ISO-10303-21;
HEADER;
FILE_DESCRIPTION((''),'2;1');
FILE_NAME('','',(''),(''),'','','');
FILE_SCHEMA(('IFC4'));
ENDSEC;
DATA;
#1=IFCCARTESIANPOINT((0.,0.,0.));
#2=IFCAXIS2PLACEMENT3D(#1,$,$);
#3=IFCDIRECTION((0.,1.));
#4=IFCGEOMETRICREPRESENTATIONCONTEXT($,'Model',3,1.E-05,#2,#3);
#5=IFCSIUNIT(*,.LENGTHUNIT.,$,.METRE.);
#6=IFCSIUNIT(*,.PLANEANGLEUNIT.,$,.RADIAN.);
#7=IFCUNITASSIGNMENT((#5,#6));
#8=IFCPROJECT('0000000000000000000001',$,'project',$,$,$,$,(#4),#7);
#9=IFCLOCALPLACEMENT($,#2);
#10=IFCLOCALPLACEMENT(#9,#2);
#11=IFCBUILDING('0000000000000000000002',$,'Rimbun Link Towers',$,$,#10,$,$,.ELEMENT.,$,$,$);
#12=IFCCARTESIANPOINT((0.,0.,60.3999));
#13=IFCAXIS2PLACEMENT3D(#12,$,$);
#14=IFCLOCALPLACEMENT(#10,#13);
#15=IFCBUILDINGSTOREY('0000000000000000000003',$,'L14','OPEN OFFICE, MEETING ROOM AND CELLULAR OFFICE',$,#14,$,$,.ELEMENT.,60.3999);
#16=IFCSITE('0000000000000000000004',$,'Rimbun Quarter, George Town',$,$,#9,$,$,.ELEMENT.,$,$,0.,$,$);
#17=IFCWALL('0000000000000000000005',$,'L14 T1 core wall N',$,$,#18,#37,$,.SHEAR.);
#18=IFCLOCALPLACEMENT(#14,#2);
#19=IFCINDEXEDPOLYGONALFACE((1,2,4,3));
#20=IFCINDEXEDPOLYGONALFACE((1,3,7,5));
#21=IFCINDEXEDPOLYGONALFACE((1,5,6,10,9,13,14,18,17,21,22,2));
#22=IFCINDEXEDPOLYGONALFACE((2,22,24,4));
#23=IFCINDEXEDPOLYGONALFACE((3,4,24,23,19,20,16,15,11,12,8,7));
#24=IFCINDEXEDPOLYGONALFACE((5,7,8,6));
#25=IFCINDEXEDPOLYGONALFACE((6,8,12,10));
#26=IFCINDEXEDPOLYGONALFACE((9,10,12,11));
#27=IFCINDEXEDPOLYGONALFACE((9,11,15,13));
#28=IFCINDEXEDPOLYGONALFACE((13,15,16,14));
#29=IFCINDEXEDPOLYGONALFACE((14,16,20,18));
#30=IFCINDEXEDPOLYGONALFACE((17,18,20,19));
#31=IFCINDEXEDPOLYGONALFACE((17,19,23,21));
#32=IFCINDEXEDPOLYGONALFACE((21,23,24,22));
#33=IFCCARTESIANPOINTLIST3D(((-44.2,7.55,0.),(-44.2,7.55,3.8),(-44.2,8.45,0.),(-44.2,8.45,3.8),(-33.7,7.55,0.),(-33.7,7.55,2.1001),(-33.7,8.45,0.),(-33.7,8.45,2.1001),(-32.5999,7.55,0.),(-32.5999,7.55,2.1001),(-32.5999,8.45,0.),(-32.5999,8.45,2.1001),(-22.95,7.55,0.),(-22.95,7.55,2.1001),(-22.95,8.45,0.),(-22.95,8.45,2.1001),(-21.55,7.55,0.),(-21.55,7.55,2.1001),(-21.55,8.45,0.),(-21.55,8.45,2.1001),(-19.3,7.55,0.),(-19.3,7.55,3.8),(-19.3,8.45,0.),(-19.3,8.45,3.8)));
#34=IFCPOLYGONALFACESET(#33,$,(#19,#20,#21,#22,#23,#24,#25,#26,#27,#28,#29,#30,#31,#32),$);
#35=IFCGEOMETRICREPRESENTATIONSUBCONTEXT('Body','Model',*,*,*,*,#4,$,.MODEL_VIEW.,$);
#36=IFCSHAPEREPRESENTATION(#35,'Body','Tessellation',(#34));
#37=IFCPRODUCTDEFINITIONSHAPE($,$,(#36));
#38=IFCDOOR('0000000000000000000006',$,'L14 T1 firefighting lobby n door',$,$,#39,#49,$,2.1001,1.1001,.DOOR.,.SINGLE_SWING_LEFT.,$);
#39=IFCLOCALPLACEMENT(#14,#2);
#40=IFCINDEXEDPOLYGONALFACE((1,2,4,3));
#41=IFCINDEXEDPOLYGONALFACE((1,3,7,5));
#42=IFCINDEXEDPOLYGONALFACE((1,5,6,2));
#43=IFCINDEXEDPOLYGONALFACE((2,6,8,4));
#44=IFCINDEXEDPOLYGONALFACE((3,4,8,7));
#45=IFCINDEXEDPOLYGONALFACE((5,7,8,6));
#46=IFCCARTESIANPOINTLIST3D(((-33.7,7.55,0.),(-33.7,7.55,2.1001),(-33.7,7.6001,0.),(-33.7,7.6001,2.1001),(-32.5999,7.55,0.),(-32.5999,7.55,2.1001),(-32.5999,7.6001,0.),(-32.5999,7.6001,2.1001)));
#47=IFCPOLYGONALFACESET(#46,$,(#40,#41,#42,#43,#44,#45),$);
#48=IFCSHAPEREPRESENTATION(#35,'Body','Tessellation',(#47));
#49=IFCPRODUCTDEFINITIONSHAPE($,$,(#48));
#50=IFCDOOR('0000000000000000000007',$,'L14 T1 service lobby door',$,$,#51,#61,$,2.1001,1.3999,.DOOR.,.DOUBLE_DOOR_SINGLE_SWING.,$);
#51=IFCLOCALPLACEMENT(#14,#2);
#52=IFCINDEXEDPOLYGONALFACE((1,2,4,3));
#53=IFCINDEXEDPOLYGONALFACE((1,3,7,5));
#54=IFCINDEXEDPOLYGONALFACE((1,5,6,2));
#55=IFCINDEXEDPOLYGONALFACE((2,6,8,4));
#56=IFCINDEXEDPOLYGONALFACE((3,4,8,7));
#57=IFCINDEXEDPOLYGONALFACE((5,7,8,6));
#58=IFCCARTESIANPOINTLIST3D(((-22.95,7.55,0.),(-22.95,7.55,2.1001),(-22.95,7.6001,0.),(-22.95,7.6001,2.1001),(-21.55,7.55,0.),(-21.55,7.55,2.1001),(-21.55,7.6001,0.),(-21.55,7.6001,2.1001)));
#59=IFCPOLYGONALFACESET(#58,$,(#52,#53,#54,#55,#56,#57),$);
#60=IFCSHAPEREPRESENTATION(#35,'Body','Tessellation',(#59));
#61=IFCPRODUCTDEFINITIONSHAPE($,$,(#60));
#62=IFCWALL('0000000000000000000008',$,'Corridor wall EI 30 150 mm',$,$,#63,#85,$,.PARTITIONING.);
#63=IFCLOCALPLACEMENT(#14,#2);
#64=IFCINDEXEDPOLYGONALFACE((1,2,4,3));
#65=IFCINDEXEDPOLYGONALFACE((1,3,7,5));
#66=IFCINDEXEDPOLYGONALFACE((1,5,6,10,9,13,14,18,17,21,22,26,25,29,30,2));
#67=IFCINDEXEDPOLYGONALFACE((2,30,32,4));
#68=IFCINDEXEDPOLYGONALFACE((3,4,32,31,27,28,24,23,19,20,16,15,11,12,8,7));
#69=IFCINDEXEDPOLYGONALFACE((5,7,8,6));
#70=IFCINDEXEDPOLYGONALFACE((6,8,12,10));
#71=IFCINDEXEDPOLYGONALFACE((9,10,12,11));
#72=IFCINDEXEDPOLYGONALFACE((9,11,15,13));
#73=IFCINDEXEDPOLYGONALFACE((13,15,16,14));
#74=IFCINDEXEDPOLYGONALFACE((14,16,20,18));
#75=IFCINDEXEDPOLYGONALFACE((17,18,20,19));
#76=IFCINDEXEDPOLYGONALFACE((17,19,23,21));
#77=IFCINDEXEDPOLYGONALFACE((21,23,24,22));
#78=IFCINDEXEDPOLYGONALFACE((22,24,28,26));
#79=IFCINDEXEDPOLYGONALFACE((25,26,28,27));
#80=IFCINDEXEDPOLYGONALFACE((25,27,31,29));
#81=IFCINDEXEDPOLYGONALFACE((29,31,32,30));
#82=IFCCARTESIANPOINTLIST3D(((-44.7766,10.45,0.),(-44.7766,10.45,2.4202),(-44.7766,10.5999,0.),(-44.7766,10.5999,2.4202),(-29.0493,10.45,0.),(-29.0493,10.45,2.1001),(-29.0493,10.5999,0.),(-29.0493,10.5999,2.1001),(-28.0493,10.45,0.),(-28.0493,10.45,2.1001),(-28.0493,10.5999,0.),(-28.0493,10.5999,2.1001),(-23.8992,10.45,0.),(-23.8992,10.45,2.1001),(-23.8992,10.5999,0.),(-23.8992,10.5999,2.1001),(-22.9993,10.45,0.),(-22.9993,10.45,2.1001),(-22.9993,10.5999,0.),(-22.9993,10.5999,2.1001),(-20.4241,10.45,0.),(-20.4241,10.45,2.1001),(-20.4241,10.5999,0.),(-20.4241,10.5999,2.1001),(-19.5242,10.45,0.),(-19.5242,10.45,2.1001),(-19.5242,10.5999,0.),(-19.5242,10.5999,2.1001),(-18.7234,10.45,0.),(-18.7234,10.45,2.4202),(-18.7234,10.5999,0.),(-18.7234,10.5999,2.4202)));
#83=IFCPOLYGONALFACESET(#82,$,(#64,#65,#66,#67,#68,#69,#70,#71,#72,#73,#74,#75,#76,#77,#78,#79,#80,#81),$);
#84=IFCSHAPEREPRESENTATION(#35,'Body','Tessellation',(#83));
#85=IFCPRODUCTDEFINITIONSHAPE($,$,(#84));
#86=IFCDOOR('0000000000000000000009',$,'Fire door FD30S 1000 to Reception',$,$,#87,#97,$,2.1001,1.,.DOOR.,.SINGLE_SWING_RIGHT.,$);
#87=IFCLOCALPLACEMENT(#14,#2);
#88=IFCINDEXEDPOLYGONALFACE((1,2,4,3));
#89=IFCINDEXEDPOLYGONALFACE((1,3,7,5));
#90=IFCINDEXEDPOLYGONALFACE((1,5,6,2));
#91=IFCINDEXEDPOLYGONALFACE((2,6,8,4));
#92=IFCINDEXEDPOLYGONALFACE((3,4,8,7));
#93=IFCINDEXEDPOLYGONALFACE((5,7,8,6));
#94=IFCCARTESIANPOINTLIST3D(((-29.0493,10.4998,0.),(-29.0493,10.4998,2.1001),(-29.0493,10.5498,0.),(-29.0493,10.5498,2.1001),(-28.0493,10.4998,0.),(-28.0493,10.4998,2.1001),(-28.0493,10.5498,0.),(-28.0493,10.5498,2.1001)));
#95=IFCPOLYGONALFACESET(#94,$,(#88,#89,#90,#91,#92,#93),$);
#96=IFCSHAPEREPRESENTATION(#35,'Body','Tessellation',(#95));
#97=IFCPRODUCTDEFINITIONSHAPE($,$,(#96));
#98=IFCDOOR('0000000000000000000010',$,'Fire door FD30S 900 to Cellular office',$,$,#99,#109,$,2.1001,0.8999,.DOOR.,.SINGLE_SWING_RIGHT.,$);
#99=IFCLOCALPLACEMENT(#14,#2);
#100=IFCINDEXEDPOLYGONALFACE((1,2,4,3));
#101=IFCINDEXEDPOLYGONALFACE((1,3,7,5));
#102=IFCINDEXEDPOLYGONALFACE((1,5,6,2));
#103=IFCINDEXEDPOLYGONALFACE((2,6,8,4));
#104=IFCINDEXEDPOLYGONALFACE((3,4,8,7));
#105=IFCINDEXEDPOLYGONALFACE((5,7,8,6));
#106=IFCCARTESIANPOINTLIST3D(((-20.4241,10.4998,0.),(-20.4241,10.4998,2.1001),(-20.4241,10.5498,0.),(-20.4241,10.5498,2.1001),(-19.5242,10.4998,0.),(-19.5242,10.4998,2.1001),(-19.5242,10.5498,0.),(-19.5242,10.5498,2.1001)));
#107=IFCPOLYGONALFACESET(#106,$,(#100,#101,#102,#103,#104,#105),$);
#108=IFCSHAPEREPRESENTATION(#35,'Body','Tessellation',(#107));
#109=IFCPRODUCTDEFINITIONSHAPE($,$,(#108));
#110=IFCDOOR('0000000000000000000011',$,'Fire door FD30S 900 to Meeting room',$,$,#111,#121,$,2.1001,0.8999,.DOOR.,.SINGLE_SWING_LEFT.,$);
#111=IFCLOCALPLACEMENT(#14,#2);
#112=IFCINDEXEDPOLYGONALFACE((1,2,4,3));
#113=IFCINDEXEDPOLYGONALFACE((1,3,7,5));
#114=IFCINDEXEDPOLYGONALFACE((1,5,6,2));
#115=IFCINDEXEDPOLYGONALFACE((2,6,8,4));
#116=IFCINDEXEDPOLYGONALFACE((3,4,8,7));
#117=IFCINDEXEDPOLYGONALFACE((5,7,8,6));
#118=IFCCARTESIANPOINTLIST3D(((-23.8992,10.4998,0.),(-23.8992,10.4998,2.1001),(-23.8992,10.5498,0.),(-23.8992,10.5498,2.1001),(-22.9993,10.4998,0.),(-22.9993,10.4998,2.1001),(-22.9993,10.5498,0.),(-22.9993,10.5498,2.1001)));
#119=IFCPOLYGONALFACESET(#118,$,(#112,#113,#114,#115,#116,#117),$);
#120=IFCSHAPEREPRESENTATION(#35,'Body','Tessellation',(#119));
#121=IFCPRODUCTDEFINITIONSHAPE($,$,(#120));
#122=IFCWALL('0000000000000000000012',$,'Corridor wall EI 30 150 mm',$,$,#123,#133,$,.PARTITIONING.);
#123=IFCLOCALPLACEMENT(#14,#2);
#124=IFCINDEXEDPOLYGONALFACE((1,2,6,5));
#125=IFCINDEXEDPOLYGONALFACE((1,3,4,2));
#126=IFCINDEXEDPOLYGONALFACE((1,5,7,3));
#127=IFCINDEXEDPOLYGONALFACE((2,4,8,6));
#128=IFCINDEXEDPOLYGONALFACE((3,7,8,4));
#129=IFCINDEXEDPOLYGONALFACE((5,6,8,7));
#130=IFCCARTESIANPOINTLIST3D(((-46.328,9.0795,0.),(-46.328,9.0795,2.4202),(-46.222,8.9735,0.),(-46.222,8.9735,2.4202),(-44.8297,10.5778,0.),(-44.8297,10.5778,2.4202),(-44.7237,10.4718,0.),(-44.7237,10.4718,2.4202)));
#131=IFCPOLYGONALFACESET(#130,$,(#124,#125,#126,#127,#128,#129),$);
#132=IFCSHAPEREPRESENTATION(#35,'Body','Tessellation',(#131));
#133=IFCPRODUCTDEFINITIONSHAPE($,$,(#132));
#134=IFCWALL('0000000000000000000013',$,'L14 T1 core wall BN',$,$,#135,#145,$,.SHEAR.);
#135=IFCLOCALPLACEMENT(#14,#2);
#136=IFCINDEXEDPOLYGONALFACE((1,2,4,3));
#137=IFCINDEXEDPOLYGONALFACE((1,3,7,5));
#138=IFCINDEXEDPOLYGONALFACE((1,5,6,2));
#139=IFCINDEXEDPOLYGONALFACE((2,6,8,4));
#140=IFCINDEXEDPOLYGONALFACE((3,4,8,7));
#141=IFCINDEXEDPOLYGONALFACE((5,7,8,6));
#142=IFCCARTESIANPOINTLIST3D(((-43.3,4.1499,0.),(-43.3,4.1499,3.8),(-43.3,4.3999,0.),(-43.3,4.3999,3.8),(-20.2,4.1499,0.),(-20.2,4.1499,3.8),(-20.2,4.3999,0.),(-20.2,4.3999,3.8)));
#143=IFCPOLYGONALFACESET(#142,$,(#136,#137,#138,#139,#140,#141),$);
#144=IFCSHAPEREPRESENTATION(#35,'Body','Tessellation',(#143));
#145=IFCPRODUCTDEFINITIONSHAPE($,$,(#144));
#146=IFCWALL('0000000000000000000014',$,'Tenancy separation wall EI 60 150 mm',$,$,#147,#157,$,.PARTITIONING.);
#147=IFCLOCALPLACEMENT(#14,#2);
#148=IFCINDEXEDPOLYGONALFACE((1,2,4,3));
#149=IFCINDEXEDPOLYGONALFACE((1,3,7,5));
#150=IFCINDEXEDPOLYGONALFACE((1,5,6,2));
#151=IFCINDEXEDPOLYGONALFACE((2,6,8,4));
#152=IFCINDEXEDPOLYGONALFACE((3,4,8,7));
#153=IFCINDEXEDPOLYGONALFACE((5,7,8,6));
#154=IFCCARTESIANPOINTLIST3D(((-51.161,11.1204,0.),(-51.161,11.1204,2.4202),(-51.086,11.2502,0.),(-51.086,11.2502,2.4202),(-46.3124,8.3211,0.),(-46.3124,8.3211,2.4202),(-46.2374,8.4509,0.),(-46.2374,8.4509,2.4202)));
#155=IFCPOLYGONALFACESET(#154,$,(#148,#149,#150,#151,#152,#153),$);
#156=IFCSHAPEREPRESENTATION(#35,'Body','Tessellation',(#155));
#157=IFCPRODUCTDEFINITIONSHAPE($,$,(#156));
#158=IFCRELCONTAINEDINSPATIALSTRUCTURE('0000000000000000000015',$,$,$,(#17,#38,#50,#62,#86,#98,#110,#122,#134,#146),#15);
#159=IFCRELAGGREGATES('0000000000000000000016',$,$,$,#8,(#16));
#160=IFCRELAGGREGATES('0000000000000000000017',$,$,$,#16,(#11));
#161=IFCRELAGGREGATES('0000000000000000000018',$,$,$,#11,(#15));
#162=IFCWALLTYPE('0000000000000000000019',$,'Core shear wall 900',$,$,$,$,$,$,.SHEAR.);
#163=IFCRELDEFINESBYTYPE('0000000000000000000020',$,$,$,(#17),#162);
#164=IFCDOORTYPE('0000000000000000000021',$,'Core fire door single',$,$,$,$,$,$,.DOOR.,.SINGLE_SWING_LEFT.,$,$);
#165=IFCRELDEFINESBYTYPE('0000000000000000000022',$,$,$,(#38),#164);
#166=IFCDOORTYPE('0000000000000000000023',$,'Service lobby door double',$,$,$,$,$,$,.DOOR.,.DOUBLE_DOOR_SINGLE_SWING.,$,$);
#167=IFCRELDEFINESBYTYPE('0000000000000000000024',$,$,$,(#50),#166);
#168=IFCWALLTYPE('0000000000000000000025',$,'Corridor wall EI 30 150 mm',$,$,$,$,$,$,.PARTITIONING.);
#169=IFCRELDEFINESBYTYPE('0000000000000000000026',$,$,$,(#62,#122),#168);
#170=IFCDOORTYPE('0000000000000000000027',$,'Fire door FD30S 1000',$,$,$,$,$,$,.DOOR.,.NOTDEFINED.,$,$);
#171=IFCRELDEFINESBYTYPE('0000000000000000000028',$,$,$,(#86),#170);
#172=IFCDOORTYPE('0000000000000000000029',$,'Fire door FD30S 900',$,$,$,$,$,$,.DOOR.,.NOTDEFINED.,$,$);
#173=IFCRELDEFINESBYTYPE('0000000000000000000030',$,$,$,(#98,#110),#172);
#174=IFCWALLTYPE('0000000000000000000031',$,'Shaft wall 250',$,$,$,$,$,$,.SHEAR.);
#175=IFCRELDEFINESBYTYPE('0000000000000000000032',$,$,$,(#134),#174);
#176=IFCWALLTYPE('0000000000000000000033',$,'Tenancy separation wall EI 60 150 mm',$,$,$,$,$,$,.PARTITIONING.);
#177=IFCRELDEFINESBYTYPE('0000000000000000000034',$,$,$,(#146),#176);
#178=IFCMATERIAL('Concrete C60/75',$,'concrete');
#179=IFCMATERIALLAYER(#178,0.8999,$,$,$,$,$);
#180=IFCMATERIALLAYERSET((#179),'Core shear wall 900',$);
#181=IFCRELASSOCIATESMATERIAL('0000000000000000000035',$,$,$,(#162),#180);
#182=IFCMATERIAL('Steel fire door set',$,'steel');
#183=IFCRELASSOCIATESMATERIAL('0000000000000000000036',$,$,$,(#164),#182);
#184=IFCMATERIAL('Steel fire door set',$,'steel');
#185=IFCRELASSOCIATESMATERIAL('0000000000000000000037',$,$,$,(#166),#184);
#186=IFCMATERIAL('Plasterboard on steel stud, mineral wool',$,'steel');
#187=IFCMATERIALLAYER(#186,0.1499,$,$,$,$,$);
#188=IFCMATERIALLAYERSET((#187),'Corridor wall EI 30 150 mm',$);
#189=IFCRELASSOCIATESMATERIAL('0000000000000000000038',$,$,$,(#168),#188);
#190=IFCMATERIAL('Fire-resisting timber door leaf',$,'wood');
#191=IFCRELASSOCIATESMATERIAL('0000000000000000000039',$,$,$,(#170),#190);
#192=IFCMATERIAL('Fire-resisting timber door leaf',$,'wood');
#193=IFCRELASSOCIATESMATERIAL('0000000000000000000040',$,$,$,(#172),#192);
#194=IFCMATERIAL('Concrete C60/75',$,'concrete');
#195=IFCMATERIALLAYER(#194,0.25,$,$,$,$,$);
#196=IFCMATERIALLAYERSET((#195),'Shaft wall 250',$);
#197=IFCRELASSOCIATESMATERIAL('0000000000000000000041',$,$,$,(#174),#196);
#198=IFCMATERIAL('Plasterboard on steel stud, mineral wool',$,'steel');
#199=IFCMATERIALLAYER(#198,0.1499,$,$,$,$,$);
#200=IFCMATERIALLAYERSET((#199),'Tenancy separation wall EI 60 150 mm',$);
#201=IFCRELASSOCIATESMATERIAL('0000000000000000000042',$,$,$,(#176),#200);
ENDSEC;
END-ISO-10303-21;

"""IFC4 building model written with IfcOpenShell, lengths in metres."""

from ifc_helpers import new_model, si_unit, direction, frame, frame_2d, origin, place, context, subcontext, project, spatial, rectangle, extrude, material, layer, layer_set, type_object, element, fill, save


model = new_model("IFC4")

# Units and contexts
model_context = context("Model", 3, precision=1e-05, world=origin(), true_north=direction((0.0, 1.0)))
body_context = subcontext(model_context, "Body", "Model", "MODEL_VIEW")
ifc_project = project(units=[si_unit("LENGTHUNIT", "METRE"), si_unit("PLANEANGLEUNIT", "RADIAN")], contexts=[model_context])

# Site, building, storey
site_placement = place(None, origin())
site = spatial("IfcSite", under=ifc_project, at=site_placement, Name="Rimbun Quarter, George Town", CompositionType="ELEMENT", RefElevation=0.0)
building_placement = place(site_placement, origin())
building = spatial("IfcBuilding", under=site, at=building_placement, Name="Rimbun Link Towers", CompositionType="ELEMENT")
storey_placement = place(building_placement, frame((0.0, 0.0, 60.3999)))
storey = spatial("IfcBuildingStorey", under=building, at=storey_placement, Name="L14", Description="OPEN OFFICE, MEETING ROOM AND CELLULAR OFFICE", CompositionType="ELEMENT", Elevation=60.3999)

# Walls, openings, doors
ifc_material_1 = material(Name="Concrete C60/75", Category="concrete")
ifc_layer_1 = layer(ifc_material_1, 0.8999)
ifc_layer_set_1 = layer_set([ifc_layer_1], Name="Core shear wall 900")
wall_type_1 = type_object("IfcWallType", Name="Core shear wall 900", PredefinedType="SHEAR", material=ifc_layer_set_1)
wall_1_placement = place(storey_placement, frame((-44.2, 8.0, 0.0), z_axis=(0.0, 0.0, 1.0), x_axis=(1.0, 0.0, 0.0)))
wall_1 = element("IfcWall", 1, at=wall_1_placement, inside=storey, type_object=wall_type_1, Name="L14 T1 core wall N", PredefinedType="SHEAR", context=body_context, shape_type="SweptSolid", body=[
    extrude(rectangle(XDim=24.8999, YDim=0.8999, at=frame_2d((12.45, 0.0))), origin(), (0.0, 0.0, 1.0), 3.8),
])
opening_1_placement = place(wall_1_placement, frame((10.5, 0.0, 0.0)))
opening_1 = element("IfcOpeningElement", 2, at=opening_1_placement, cuts=wall_1, PredefinedType="OPENING", context=body_context, shape_type="SweptSolid", body=[
    extrude(rectangle(XDim=1.1001, YDim=2.1001, at=frame_2d((0.55, 1.05))), frame((0.0, 0.46, 0.0), z_axis=(0.0, -1.0, 0.0), x_axis=(1.0, 0.0, 0.0)), (0.0, 0.0, 1.0), 0.9199),
])
opening_2_placement = place(wall_1_placement, frame((21.25, 0.0, 0.0)))
opening_2 = element("IfcOpeningElement", 3, at=opening_2_placement, cuts=wall_1, PredefinedType="OPENING", context=body_context, shape_type="SweptSolid", body=[
    extrude(rectangle(XDim=1.3999, YDim=2.1001, at=frame_2d((0.7, 1.05))), frame((0.0, 0.46, 0.0), z_axis=(0.0, -1.0, 0.0), x_axis=(1.0, 0.0, 0.0)), (0.0, 0.0, 1.0), 0.9199),
])
ifc_material_2 = material(Name="Steel fire door set", Category="steel")
door_type_1 = type_object("IfcDoorType", Name="Core fire door single", OperationType="SINGLE_SWING_LEFT", PredefinedType="DOOR", material=ifc_material_2)
door_1_placement = place(opening_1_placement, origin())
door_1 = element("IfcDoor", 4, at=door_1_placement, inside=storey, type_object=door_type_1, Name="L14 T1 firefighting lobby n door", OperationType="SINGLE_SWING_LEFT", OverallHeight=2.1001, OverallWidth=1.1001, PredefinedType="DOOR", context=body_context, shape_type="SweptSolid", body=[
    extrude(rectangle(XDim=1.1001, YDim=2.1001, at=frame_2d((0.55, 1.05))), frame((0.0, -0.3999, 0.0), z_axis=(0.0, -1.0, 0.0), x_axis=(1.0, 0.0, 0.0)), (0.0, 0.0, 1.0), 0.05),
])
fill(opening_1, door_1)
ifc_material_3 = material(Name="Steel fire door set", Category="steel")
door_type_2 = type_object("IfcDoorType", Name="Service lobby door double", OperationType="DOUBLE_DOOR_SINGLE_SWING", PredefinedType="DOOR", material=ifc_material_3)
door_2_placement = place(opening_2_placement, origin())
door_2 = element("IfcDoor", 5, at=door_2_placement, inside=storey, type_object=door_type_2, Name="L14 T1 service lobby door", OperationType="DOUBLE_DOOR_SINGLE_SWING", OverallHeight=2.1001, OverallWidth=1.3999, PredefinedType="DOOR", context=body_context, shape_type="SweptSolid", body=[
    extrude(rectangle(XDim=1.3999, YDim=2.1001, at=frame_2d((0.7, 1.05))), frame((0.0, -0.3999, 0.0), z_axis=(0.0, -1.0, 0.0), x_axis=(1.0, 0.0, 0.0)), (0.0, 0.0, 1.0), 0.05),
])
fill(opening_2, door_2)
ifc_material_4 = material(Name="Plasterboard on steel stud, mineral wool", Category="steel")
ifc_layer_2 = layer(ifc_material_4, 0.1499)
ifc_layer_set_2 = layer_set([ifc_layer_2], Name="Corridor wall EI 30 150 mm")
wall_type_2 = type_object("IfcWallType", Name="Corridor wall EI 30 150 mm", PredefinedType="PARTITIONING", material=ifc_layer_set_2)
wall_2_placement = place(storey_placement, frame((-44.7766, 10.5249, 0.0), z_axis=(0.0, 0.0, 1.0), x_axis=(1.0, 0.0, 0.0)))
wall_2 = element("IfcWall", 6, at=wall_2_placement, inside=storey, type_object=wall_type_2, Name="Corridor wall EI 30 150 mm", PredefinedType="PARTITIONING", context=body_context, shape_type="SweptSolid", body=[
    extrude(rectangle(XDim=26.0532, YDim=0.1499, at=frame_2d((13.0266, 0.0))), origin(), (0.0, 0.0, 1.0), 2.4202),
])
opening_3_placement = place(wall_2_placement, frame((24.3525, 0.0, 0.0)))
opening_3 = element("IfcOpeningElement", 7, at=opening_3_placement, cuts=wall_2, PredefinedType="OPENING", context=body_context, shape_type="SweptSolid", body=[
    extrude(rectangle(XDim=0.8999, YDim=2.1001, at=frame_2d((0.45, 1.05))), frame((0.0, 0.085, 0.0), z_axis=(0.0, -1.0, 0.0), x_axis=(1.0, 0.0, 0.0)), (0.0, 0.0, 1.0), 0.1699),
])
opening_4_placement = place(wall_2_placement, frame((20.8774, 0.0, 0.0)))
opening_4 = element("IfcOpeningElement", 8, at=opening_4_placement, cuts=wall_2, PredefinedType="OPENING", context=body_context, shape_type="SweptSolid", body=[
    extrude(rectangle(XDim=0.8999, YDim=2.1001, at=frame_2d((0.45, 1.05))), frame((0.0, 0.085, 0.0), z_axis=(0.0, -1.0, 0.0), x_axis=(1.0, 0.0, 0.0)), (0.0, 0.0, 1.0), 0.1699),
])
opening_5_placement = place(wall_2_placement, frame((15.7273, 0.0, 0.0)))
opening_5 = element("IfcOpeningElement", 9, at=opening_5_placement, cuts=wall_2, PredefinedType="OPENING", context=body_context, shape_type="SweptSolid", body=[
    extrude(rectangle(XDim=1.0, YDim=2.1001, at=frame_2d((0.5, 1.05))), frame((0.0, 0.085, 0.0), z_axis=(0.0, -1.0, 0.0), x_axis=(1.0, 0.0, 0.0)), (0.0, 0.0, 1.0), 0.1699),
])
ifc_material_5 = material(Name="Fire-resisting timber door leaf", Category="wood")
door_type_3 = type_object("IfcDoorType", Name="Fire door FD30S 1000", OperationType="NOTDEFINED", PredefinedType="DOOR", material=ifc_material_5)
door_3_placement = place(opening_5_placement, origin())
door_3 = element("IfcDoor", 10, at=door_3_placement, inside=storey, type_object=door_type_3, Name="Fire door FD30S 1000 to Reception", OperationType="SINGLE_SWING_RIGHT", OverallHeight=2.1001, OverallWidth=1.0, PredefinedType="DOOR", context=body_context, shape_type="SweptSolid", body=[
    extrude(rectangle(XDim=1.0, YDim=2.1001, at=frame_2d((0.5, 1.05))), frame((0.0, 0.0249, 0.0), z_axis=(0.0, -1.0, 0.0), x_axis=(1.0, 0.0, 0.0)), (0.0, 0.0, 1.0), 0.05),
])
fill(opening_5, door_3)
ifc_material_6 = material(Name="Fire-resisting timber door leaf", Category="wood")
door_type_4 = type_object("IfcDoorType", Name="Fire door FD30S 900", OperationType="NOTDEFINED", PredefinedType="DOOR", material=ifc_material_6)
door_4_placement = place(opening_3_placement, origin())
door_4 = element("IfcDoor", 11, at=door_4_placement, inside=storey, type_object=door_type_4, Name="Fire door FD30S 900 to Cellular office", OperationType="SINGLE_SWING_RIGHT", OverallHeight=2.1001, OverallWidth=0.8999, PredefinedType="DOOR", context=body_context, shape_type="SweptSolid", body=[
    extrude(rectangle(XDim=0.8999, YDim=2.1001, at=frame_2d((0.45, 1.05))), frame((0.0, 0.0249, 0.0), z_axis=(0.0, -1.0, 0.0), x_axis=(1.0, 0.0, 0.0)), (0.0, 0.0, 1.0), 0.05),
])
fill(opening_3, door_4)
door_5_placement = place(opening_4_placement, origin())
door_5 = element("IfcDoor", 12, at=door_5_placement, inside=storey, type_object=door_type_4, Name="Fire door FD30S 900 to Meeting room", OperationType="SINGLE_SWING_LEFT", OverallHeight=2.1001, OverallWidth=0.8999, PredefinedType="DOOR", context=body_context, shape_type="SweptSolid", body=[
    extrude(rectangle(XDim=0.8999, YDim=2.1001, at=frame_2d((0.45, 1.05))), frame((0.0, 0.0249, 0.0), z_axis=(0.0, -1.0, 0.0), x_axis=(1.0, 0.0, 0.0)), (0.0, 0.0, 1.0), 0.05),
])
fill(opening_4, door_5)

# Walls
wall_3_placement = place(storey_placement, frame((-44.7766, 10.5249, 0.0), z_axis=(0.0, 0.0, 1.0), x_axis=(-0.707107, -0.707107, 0.0)))
element("IfcWall", 13, at=wall_3_placement, inside=storey, type_object=wall_type_2, Name="Corridor wall EI 30 150 mm", PredefinedType="PARTITIONING", context=body_context, shape_type="SweptSolid", body=[
    extrude(rectangle(XDim=2.1189, YDim=0.1499, at=frame_2d((1.0596, 0.0))), origin(), (0.0, 0.0, 1.0), 2.4202),
])
ifc_material_7 = material(Name="Concrete C60/75", Category="concrete")
ifc_layer_3 = layer(ifc_material_7, 0.25)
ifc_layer_set_3 = layer_set([ifc_layer_3], Name="Shaft wall 250")
wall_type_3 = type_object("IfcWallType", Name="Shaft wall 250", PredefinedType="SHEAR", material=ifc_layer_set_3)
wall_4_placement = place(storey_placement, frame((-43.3, 4.2749, 0.0), z_axis=(0.0, 0.0, 1.0), x_axis=(1.0, 0.0, 0.0)))
element("IfcWall", 14, at=wall_4_placement, inside=storey, type_object=wall_type_3, Name="L14 T1 core wall BN", PredefinedType="SHEAR", context=body_context, shape_type="SweptSolid", body=[
    extrude(rectangle(XDim=23.1001, YDim=0.25, at=frame_2d((11.55, 0.0))), origin(), (0.0, 0.0, 1.0), 3.8),
])
ifc_material_8 = material(Name="Plasterboard on steel stud, mineral wool", Category="steel")
ifc_layer_4 = layer(ifc_material_8, 0.1499)
ifc_layer_set_4 = layer_set([ifc_layer_4], Name="Tenancy separation wall EI 60 150 mm")
wall_type_4 = type_object("IfcWallType", Name="Tenancy separation wall EI 60 150 mm", PredefinedType="PARTITIONING", material=ifc_layer_set_4)
wall_5_placement = place(storey_placement, frame((-46.2749, 8.386, 0.0), z_axis=(0.0, 0.0, 1.0), x_axis=(-0.866029, 0.499994, 0.0)))
element("IfcWall", 15, at=wall_5_placement, inside=storey, type_object=wall_type_4, Name="Tenancy separation wall EI 60 150 mm", PredefinedType="PARTITIONING", context=body_context, shape_type="SweptSolid", body=[
    extrude(rectangle(XDim=5.5986, YDim=0.1499, at=frame_2d((2.7993, 0.0))), origin(), (0.0, 0.0, 1.0), 2.4202),
])

save(model, "model.ifc")
